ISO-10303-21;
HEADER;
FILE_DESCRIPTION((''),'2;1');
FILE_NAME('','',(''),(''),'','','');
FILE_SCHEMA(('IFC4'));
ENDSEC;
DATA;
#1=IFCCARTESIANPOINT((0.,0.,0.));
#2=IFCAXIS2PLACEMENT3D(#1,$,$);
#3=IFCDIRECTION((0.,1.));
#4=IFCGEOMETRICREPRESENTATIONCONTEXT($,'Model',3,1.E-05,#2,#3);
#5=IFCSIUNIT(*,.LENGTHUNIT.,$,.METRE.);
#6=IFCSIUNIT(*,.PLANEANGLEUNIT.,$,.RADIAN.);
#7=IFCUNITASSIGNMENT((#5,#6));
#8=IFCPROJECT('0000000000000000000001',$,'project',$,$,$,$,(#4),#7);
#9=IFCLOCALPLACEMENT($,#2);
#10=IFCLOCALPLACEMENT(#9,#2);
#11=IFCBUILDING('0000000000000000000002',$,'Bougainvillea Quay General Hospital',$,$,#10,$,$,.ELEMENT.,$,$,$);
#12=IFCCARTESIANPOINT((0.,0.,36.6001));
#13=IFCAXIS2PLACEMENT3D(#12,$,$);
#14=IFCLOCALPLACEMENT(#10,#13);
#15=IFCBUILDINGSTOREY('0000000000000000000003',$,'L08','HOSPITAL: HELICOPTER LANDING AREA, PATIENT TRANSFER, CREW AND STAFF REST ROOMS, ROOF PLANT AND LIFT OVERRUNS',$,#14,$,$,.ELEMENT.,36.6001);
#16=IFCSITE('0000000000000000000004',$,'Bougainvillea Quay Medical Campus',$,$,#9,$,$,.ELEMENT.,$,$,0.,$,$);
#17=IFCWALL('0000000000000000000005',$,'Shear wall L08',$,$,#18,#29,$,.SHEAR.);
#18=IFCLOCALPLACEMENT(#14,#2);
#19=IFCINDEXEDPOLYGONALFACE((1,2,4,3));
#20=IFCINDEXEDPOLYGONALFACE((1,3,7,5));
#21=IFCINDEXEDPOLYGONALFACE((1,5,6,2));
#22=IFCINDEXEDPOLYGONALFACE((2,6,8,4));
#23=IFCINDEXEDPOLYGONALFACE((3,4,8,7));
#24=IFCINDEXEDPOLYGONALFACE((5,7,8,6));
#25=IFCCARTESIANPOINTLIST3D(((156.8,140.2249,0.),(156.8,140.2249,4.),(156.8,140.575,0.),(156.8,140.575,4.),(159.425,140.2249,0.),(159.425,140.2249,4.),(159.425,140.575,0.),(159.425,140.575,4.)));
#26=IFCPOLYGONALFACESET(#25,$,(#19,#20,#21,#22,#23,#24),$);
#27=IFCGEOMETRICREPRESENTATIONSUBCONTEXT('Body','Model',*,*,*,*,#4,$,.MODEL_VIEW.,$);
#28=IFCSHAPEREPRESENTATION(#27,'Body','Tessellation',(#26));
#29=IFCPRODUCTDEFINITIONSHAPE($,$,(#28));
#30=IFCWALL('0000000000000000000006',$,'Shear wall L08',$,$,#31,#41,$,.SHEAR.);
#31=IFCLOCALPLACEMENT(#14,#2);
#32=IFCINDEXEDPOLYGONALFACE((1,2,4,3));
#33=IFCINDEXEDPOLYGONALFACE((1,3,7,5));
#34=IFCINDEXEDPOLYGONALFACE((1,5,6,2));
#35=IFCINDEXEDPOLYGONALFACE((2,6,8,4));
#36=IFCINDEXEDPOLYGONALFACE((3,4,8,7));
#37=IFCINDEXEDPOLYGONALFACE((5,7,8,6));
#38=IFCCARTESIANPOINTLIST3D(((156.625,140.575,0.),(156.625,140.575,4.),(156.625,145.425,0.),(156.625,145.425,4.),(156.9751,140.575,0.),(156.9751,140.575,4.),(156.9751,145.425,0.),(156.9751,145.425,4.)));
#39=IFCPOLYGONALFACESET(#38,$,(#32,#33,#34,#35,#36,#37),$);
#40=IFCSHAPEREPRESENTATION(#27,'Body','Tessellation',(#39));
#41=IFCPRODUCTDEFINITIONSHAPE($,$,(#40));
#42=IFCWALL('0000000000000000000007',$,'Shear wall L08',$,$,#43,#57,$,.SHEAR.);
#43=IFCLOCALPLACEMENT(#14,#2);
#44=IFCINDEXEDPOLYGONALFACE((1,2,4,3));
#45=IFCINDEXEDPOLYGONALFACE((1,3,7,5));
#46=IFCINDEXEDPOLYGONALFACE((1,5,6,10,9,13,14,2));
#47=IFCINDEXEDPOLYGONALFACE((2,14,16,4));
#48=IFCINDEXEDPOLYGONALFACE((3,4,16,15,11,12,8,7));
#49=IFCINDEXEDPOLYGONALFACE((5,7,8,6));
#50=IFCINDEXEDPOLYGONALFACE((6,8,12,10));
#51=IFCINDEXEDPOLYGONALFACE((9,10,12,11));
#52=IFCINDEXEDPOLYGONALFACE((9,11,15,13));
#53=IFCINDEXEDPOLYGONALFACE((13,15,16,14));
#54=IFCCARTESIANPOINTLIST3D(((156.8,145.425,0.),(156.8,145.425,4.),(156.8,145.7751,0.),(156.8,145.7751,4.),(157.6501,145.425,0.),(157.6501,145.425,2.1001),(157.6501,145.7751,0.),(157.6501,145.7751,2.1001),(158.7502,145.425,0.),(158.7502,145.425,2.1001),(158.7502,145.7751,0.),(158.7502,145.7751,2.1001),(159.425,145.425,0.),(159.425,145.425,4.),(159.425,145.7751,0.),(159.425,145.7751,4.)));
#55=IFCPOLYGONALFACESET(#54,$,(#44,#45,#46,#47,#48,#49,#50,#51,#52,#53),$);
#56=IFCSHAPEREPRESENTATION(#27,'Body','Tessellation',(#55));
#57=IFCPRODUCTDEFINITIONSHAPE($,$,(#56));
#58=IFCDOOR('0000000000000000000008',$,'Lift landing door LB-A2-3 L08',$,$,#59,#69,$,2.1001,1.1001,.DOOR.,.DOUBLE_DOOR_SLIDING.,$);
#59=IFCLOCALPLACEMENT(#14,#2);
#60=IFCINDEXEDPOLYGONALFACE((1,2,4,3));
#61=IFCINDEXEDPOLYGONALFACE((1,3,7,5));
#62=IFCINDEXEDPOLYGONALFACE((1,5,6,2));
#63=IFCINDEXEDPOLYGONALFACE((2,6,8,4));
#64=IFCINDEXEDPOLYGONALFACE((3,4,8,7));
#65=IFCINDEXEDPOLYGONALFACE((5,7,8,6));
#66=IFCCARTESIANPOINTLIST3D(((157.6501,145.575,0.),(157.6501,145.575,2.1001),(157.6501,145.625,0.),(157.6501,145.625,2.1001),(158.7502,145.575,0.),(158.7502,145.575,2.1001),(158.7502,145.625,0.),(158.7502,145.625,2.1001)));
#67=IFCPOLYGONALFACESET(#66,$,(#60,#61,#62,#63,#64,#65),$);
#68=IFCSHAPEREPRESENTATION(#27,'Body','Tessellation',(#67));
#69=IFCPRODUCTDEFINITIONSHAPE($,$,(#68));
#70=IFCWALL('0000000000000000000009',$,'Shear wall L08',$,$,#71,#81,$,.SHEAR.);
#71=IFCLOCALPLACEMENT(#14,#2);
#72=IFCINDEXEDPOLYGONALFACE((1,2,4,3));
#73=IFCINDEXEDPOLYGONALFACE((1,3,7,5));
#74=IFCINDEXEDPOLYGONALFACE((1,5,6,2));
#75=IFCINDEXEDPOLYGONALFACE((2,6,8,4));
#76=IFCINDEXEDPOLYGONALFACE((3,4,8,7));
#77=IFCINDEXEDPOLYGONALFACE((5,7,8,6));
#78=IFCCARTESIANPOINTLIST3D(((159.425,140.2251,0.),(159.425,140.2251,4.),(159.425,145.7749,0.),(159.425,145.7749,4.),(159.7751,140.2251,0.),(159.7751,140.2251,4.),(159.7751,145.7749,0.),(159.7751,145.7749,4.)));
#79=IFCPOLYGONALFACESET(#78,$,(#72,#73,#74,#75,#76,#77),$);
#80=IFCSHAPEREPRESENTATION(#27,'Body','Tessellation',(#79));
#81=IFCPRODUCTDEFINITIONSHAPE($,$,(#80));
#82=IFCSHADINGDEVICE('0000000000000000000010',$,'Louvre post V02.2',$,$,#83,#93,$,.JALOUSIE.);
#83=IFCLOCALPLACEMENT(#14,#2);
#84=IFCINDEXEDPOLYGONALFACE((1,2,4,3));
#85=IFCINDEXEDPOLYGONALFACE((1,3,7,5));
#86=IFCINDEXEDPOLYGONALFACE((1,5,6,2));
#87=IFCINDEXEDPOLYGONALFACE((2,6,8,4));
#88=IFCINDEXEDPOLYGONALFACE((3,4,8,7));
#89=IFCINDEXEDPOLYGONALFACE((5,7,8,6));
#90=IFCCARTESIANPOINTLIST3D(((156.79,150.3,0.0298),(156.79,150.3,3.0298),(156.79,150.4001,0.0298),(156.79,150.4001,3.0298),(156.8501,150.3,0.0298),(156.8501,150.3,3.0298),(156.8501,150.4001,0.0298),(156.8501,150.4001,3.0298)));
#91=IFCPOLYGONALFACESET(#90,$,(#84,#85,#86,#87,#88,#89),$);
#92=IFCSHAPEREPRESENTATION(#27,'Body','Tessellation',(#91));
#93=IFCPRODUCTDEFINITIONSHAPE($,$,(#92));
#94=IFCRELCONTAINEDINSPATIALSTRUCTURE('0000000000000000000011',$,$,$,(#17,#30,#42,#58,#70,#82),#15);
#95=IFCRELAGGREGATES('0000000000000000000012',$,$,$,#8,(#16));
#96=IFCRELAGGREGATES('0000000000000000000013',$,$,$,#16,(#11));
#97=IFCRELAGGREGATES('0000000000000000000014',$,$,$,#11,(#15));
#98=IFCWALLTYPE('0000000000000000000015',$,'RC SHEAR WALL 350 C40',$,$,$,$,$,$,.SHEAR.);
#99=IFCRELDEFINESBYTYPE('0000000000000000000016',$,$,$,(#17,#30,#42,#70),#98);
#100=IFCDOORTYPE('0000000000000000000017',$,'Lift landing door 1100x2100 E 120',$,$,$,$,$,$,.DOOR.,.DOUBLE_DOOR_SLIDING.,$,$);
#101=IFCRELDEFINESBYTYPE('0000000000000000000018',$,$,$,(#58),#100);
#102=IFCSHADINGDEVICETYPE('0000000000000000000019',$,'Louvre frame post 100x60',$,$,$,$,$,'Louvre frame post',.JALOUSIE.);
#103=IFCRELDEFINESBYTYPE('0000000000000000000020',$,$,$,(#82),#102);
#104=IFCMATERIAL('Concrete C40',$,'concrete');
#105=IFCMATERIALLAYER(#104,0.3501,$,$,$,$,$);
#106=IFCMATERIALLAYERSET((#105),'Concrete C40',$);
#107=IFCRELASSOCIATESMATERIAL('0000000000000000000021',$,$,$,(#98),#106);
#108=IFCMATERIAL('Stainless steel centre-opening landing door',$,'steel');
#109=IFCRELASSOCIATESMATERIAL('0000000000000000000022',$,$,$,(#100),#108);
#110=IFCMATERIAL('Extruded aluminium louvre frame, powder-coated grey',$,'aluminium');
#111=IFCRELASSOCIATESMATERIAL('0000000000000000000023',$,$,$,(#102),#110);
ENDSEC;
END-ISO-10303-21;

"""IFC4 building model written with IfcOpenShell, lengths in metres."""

from ifc_helpers import new_model, si_unit, direction, frame, frame_2d, origin, origin_2d, place, context, subcontext, project, spatial, rectangle, extrude, material, layer, layer_set, material_profile, profile_set, type_object, element, fill, save


model = new_model("IFC4")

# Units and contexts
model_context = context("Model", 3, precision=1e-05, world=origin(), true_north=direction((0.0, 1.0)))
body_context = subcontext(model_context, "Body", "Model", "MODEL_VIEW")
ifc_project = project(units=[si_unit("LENGTHUNIT", "METRE"), si_unit("PLANEANGLEUNIT", "RADIAN")], contexts=[model_context])

# Site, building, storey
site_placement = place(None, origin())
site = spatial("IfcSite", under=ifc_project, at=site_placement, Name="Bougainvillea Quay Medical Campus", CompositionType="ELEMENT", RefElevation=0.0)
building_placement = place(site_placement, origin())
building = spatial("IfcBuilding", under=site, at=building_placement, Name="Bougainvillea Quay General Hospital", CompositionType="ELEMENT")
storey_placement = place(building_placement, frame((0.0, 0.0, 36.6001)))
storey = spatial("IfcBuildingStorey", under=building, at=storey_placement, Name="L08", Description="HOSPITAL: HELICOPTER LANDING AREA, PATIENT TRANSFER, CREW AND STAFF REST ROOMS, ROOF PLANT AND LIFT OVERRUNS", CompositionType="ELEMENT", Elevation=36.6001)

# Shared definitions
ifc_material_1 = material(Name="Concrete C40", Category="concrete")

# Shared definitions
ifc_layer_1 = layer(ifc_material_1, 0.3501)
ifc_layer_set_1 = layer_set([ifc_layer_1], Name="Concrete C40")
wall_type_1 = type_object("IfcWallType", Name="RC SHEAR WALL 350 C40", PredefinedType="SHEAR", material=ifc_layer_set_1)

# Shared definitions
ifc_material_2 = material(Name="Stainless steel centre-opening landing door", Category="steel")

# Walls
wall_1_placement = place(storey_placement, frame((156.8, 140.3999, 0.0), z_axis=(0.0, 0.0, 1.0), x_axis=(1.0, 0.0, 0.0)))
element("IfcWall", 1, at=wall_1_placement, inside=storey, type_object=wall_type_1, Name="Shear wall L08", PredefinedType="SHEAR", context=body_context, shape_type="SweptSolid", body=[
    extrude(rectangle(XDim=2.625, YDim=0.3501, at=frame_2d((1.3125, 0.0))), origin(), (0.0, 0.0, 1.0), 4.0),
])
wall_2_placement = place(storey_placement, frame((156.8, 140.575, 0.0), z_axis=(0.0, 0.0, 1.0), x_axis=(0.0, 1.0, 0.0)))
element("IfcWall", 2, at=wall_2_placement, inside=storey, type_object=wall_type_1, Name="Shear wall L08", PredefinedType="SHEAR", context=body_context, shape_type="SweptSolid", body=[
    extrude(rectangle(XDim=4.8501, YDim=0.3501, at=frame_2d((2.425, 0.0))), origin(), (0.0, 0.0, 1.0), 4.0),
])

# Wall, opening, door
wall_3_placement = place(storey_placement, frame((156.8, 145.6001, 0.0), z_axis=(0.0, 0.0, 1.0), x_axis=(1.0, 0.0, 0.0)))
wall_3 = element("IfcWall", 3, at=wall_3_placement, inside=storey, type_object=wall_type_1, Name="Shear wall L08", PredefinedType="SHEAR", context=body_context, shape_type="SweptSolid", body=[
    extrude(rectangle(XDim=2.625, YDim=0.3501, at=frame_2d((1.3125, 0.0))), origin(), (0.0, 0.0, 1.0), 4.0),
])
opening_1_placement = place(wall_3_placement, frame((0.8501, 0.0, 0.0)))
opening_1 = element("IfcOpeningElement", 4, at=opening_1_placement, cuts=wall_3, PredefinedType="OPENING", context=body_context, shape_type="SweptSolid", body=[
    extrude(rectangle(XDim=1.1001, YDim=2.1001, at=frame_2d((0.55, 1.05))), frame((0.0, 0.1851, 0.0), z_axis=(0.0, -1.0, 0.0), x_axis=(1.0, 0.0, 0.0)), (0.0, 0.0, 1.0), 0.3701),
])
door_type_1 = type_object("IfcDoorType", Name="Lift landing door 1100x2100 E 120", OperationType="DOUBLE_DOOR_SLIDING", PredefinedType="DOOR", material=ifc_material_2)
door_1_placement = place(opening_1_placement, origin())
door_1 = element("IfcDoor", 5, at=door_1_placement, inside=storey, type_object=door_type_1, Name="Lift landing door LB-A2-3 L08", OperationType="DOUBLE_DOOR_SLIDING", OverallHeight=2.1001, OverallWidth=1.1001, PredefinedType="DOOR", context=body_context, shape_type="SweptSolid", body=[
    extrude(rectangle(XDim=1.1001, YDim=2.1001, at=frame_2d((0.55, 1.05))), frame((0.0, 0.0249, 0.0), z_axis=(0.0, -1.0, 0.0), x_axis=(1.0, 0.0, 0.0)), (0.0, 0.0, 1.0), 0.05),
])
fill(opening_1, door_1)

# Wall
wall_4_placement = place(storey_placement, frame((159.6001, 140.2251, 0.0), z_axis=(0.0, 0.0, 1.0), x_axis=(0.0, 1.0, 0.0)))
element("IfcWall", 6, at=wall_4_placement, inside=storey, type_object=wall_type_1, Name="Shear wall L08", PredefinedType="SHEAR", context=body_context, shape_type="SweptSolid", body=[
    extrude(rectangle(XDim=5.5498, YDim=0.3501, at=frame_2d((2.7749, 0.0))), origin(), (0.0, 0.0, 1.0), 4.0),
])

# Shading device
ifc_material_3 = material(Name="Extruded aluminium louvre frame, powder-coated grey", Category="aluminium")
ifc_material_profile_1 = material_profile(ifc_material_3, rectangle(XDim=0.1001, YDim=0.0601, at=origin_2d()))
ifc_profile_set_1 = profile_set([ifc_material_profile_1], Name="Extruded aluminium louvre frame, powder-coated grey")
shading_device_type = type_object("IfcShadingDeviceType", Name="Louvre frame post 100x60", ElementType="Louvre frame post", PredefinedType="JALOUSIE", material=ifc_profile_set_1)
shading_device_placement = place(storey_placement, frame((156.8201, 150.3501, 0.0298), z_axis=(0.0, 0.0, 1.0), x_axis=(0.0, 1.0, 0.0)))
element("IfcShadingDevice", 7, at=shading_device_placement, inside=storey, type_object=shading_device_type, Name="Louvre post V02.2", PredefinedType="JALOUSIE", context=body_context, shape_type="SweptSolid", body=[
    extrude(rectangle(XDim=0.1001, YDim=0.0601, at=origin_2d()), origin(), (0.0, 0.0, 1.0), 3.0),
])

save(model, "model.ifc")
